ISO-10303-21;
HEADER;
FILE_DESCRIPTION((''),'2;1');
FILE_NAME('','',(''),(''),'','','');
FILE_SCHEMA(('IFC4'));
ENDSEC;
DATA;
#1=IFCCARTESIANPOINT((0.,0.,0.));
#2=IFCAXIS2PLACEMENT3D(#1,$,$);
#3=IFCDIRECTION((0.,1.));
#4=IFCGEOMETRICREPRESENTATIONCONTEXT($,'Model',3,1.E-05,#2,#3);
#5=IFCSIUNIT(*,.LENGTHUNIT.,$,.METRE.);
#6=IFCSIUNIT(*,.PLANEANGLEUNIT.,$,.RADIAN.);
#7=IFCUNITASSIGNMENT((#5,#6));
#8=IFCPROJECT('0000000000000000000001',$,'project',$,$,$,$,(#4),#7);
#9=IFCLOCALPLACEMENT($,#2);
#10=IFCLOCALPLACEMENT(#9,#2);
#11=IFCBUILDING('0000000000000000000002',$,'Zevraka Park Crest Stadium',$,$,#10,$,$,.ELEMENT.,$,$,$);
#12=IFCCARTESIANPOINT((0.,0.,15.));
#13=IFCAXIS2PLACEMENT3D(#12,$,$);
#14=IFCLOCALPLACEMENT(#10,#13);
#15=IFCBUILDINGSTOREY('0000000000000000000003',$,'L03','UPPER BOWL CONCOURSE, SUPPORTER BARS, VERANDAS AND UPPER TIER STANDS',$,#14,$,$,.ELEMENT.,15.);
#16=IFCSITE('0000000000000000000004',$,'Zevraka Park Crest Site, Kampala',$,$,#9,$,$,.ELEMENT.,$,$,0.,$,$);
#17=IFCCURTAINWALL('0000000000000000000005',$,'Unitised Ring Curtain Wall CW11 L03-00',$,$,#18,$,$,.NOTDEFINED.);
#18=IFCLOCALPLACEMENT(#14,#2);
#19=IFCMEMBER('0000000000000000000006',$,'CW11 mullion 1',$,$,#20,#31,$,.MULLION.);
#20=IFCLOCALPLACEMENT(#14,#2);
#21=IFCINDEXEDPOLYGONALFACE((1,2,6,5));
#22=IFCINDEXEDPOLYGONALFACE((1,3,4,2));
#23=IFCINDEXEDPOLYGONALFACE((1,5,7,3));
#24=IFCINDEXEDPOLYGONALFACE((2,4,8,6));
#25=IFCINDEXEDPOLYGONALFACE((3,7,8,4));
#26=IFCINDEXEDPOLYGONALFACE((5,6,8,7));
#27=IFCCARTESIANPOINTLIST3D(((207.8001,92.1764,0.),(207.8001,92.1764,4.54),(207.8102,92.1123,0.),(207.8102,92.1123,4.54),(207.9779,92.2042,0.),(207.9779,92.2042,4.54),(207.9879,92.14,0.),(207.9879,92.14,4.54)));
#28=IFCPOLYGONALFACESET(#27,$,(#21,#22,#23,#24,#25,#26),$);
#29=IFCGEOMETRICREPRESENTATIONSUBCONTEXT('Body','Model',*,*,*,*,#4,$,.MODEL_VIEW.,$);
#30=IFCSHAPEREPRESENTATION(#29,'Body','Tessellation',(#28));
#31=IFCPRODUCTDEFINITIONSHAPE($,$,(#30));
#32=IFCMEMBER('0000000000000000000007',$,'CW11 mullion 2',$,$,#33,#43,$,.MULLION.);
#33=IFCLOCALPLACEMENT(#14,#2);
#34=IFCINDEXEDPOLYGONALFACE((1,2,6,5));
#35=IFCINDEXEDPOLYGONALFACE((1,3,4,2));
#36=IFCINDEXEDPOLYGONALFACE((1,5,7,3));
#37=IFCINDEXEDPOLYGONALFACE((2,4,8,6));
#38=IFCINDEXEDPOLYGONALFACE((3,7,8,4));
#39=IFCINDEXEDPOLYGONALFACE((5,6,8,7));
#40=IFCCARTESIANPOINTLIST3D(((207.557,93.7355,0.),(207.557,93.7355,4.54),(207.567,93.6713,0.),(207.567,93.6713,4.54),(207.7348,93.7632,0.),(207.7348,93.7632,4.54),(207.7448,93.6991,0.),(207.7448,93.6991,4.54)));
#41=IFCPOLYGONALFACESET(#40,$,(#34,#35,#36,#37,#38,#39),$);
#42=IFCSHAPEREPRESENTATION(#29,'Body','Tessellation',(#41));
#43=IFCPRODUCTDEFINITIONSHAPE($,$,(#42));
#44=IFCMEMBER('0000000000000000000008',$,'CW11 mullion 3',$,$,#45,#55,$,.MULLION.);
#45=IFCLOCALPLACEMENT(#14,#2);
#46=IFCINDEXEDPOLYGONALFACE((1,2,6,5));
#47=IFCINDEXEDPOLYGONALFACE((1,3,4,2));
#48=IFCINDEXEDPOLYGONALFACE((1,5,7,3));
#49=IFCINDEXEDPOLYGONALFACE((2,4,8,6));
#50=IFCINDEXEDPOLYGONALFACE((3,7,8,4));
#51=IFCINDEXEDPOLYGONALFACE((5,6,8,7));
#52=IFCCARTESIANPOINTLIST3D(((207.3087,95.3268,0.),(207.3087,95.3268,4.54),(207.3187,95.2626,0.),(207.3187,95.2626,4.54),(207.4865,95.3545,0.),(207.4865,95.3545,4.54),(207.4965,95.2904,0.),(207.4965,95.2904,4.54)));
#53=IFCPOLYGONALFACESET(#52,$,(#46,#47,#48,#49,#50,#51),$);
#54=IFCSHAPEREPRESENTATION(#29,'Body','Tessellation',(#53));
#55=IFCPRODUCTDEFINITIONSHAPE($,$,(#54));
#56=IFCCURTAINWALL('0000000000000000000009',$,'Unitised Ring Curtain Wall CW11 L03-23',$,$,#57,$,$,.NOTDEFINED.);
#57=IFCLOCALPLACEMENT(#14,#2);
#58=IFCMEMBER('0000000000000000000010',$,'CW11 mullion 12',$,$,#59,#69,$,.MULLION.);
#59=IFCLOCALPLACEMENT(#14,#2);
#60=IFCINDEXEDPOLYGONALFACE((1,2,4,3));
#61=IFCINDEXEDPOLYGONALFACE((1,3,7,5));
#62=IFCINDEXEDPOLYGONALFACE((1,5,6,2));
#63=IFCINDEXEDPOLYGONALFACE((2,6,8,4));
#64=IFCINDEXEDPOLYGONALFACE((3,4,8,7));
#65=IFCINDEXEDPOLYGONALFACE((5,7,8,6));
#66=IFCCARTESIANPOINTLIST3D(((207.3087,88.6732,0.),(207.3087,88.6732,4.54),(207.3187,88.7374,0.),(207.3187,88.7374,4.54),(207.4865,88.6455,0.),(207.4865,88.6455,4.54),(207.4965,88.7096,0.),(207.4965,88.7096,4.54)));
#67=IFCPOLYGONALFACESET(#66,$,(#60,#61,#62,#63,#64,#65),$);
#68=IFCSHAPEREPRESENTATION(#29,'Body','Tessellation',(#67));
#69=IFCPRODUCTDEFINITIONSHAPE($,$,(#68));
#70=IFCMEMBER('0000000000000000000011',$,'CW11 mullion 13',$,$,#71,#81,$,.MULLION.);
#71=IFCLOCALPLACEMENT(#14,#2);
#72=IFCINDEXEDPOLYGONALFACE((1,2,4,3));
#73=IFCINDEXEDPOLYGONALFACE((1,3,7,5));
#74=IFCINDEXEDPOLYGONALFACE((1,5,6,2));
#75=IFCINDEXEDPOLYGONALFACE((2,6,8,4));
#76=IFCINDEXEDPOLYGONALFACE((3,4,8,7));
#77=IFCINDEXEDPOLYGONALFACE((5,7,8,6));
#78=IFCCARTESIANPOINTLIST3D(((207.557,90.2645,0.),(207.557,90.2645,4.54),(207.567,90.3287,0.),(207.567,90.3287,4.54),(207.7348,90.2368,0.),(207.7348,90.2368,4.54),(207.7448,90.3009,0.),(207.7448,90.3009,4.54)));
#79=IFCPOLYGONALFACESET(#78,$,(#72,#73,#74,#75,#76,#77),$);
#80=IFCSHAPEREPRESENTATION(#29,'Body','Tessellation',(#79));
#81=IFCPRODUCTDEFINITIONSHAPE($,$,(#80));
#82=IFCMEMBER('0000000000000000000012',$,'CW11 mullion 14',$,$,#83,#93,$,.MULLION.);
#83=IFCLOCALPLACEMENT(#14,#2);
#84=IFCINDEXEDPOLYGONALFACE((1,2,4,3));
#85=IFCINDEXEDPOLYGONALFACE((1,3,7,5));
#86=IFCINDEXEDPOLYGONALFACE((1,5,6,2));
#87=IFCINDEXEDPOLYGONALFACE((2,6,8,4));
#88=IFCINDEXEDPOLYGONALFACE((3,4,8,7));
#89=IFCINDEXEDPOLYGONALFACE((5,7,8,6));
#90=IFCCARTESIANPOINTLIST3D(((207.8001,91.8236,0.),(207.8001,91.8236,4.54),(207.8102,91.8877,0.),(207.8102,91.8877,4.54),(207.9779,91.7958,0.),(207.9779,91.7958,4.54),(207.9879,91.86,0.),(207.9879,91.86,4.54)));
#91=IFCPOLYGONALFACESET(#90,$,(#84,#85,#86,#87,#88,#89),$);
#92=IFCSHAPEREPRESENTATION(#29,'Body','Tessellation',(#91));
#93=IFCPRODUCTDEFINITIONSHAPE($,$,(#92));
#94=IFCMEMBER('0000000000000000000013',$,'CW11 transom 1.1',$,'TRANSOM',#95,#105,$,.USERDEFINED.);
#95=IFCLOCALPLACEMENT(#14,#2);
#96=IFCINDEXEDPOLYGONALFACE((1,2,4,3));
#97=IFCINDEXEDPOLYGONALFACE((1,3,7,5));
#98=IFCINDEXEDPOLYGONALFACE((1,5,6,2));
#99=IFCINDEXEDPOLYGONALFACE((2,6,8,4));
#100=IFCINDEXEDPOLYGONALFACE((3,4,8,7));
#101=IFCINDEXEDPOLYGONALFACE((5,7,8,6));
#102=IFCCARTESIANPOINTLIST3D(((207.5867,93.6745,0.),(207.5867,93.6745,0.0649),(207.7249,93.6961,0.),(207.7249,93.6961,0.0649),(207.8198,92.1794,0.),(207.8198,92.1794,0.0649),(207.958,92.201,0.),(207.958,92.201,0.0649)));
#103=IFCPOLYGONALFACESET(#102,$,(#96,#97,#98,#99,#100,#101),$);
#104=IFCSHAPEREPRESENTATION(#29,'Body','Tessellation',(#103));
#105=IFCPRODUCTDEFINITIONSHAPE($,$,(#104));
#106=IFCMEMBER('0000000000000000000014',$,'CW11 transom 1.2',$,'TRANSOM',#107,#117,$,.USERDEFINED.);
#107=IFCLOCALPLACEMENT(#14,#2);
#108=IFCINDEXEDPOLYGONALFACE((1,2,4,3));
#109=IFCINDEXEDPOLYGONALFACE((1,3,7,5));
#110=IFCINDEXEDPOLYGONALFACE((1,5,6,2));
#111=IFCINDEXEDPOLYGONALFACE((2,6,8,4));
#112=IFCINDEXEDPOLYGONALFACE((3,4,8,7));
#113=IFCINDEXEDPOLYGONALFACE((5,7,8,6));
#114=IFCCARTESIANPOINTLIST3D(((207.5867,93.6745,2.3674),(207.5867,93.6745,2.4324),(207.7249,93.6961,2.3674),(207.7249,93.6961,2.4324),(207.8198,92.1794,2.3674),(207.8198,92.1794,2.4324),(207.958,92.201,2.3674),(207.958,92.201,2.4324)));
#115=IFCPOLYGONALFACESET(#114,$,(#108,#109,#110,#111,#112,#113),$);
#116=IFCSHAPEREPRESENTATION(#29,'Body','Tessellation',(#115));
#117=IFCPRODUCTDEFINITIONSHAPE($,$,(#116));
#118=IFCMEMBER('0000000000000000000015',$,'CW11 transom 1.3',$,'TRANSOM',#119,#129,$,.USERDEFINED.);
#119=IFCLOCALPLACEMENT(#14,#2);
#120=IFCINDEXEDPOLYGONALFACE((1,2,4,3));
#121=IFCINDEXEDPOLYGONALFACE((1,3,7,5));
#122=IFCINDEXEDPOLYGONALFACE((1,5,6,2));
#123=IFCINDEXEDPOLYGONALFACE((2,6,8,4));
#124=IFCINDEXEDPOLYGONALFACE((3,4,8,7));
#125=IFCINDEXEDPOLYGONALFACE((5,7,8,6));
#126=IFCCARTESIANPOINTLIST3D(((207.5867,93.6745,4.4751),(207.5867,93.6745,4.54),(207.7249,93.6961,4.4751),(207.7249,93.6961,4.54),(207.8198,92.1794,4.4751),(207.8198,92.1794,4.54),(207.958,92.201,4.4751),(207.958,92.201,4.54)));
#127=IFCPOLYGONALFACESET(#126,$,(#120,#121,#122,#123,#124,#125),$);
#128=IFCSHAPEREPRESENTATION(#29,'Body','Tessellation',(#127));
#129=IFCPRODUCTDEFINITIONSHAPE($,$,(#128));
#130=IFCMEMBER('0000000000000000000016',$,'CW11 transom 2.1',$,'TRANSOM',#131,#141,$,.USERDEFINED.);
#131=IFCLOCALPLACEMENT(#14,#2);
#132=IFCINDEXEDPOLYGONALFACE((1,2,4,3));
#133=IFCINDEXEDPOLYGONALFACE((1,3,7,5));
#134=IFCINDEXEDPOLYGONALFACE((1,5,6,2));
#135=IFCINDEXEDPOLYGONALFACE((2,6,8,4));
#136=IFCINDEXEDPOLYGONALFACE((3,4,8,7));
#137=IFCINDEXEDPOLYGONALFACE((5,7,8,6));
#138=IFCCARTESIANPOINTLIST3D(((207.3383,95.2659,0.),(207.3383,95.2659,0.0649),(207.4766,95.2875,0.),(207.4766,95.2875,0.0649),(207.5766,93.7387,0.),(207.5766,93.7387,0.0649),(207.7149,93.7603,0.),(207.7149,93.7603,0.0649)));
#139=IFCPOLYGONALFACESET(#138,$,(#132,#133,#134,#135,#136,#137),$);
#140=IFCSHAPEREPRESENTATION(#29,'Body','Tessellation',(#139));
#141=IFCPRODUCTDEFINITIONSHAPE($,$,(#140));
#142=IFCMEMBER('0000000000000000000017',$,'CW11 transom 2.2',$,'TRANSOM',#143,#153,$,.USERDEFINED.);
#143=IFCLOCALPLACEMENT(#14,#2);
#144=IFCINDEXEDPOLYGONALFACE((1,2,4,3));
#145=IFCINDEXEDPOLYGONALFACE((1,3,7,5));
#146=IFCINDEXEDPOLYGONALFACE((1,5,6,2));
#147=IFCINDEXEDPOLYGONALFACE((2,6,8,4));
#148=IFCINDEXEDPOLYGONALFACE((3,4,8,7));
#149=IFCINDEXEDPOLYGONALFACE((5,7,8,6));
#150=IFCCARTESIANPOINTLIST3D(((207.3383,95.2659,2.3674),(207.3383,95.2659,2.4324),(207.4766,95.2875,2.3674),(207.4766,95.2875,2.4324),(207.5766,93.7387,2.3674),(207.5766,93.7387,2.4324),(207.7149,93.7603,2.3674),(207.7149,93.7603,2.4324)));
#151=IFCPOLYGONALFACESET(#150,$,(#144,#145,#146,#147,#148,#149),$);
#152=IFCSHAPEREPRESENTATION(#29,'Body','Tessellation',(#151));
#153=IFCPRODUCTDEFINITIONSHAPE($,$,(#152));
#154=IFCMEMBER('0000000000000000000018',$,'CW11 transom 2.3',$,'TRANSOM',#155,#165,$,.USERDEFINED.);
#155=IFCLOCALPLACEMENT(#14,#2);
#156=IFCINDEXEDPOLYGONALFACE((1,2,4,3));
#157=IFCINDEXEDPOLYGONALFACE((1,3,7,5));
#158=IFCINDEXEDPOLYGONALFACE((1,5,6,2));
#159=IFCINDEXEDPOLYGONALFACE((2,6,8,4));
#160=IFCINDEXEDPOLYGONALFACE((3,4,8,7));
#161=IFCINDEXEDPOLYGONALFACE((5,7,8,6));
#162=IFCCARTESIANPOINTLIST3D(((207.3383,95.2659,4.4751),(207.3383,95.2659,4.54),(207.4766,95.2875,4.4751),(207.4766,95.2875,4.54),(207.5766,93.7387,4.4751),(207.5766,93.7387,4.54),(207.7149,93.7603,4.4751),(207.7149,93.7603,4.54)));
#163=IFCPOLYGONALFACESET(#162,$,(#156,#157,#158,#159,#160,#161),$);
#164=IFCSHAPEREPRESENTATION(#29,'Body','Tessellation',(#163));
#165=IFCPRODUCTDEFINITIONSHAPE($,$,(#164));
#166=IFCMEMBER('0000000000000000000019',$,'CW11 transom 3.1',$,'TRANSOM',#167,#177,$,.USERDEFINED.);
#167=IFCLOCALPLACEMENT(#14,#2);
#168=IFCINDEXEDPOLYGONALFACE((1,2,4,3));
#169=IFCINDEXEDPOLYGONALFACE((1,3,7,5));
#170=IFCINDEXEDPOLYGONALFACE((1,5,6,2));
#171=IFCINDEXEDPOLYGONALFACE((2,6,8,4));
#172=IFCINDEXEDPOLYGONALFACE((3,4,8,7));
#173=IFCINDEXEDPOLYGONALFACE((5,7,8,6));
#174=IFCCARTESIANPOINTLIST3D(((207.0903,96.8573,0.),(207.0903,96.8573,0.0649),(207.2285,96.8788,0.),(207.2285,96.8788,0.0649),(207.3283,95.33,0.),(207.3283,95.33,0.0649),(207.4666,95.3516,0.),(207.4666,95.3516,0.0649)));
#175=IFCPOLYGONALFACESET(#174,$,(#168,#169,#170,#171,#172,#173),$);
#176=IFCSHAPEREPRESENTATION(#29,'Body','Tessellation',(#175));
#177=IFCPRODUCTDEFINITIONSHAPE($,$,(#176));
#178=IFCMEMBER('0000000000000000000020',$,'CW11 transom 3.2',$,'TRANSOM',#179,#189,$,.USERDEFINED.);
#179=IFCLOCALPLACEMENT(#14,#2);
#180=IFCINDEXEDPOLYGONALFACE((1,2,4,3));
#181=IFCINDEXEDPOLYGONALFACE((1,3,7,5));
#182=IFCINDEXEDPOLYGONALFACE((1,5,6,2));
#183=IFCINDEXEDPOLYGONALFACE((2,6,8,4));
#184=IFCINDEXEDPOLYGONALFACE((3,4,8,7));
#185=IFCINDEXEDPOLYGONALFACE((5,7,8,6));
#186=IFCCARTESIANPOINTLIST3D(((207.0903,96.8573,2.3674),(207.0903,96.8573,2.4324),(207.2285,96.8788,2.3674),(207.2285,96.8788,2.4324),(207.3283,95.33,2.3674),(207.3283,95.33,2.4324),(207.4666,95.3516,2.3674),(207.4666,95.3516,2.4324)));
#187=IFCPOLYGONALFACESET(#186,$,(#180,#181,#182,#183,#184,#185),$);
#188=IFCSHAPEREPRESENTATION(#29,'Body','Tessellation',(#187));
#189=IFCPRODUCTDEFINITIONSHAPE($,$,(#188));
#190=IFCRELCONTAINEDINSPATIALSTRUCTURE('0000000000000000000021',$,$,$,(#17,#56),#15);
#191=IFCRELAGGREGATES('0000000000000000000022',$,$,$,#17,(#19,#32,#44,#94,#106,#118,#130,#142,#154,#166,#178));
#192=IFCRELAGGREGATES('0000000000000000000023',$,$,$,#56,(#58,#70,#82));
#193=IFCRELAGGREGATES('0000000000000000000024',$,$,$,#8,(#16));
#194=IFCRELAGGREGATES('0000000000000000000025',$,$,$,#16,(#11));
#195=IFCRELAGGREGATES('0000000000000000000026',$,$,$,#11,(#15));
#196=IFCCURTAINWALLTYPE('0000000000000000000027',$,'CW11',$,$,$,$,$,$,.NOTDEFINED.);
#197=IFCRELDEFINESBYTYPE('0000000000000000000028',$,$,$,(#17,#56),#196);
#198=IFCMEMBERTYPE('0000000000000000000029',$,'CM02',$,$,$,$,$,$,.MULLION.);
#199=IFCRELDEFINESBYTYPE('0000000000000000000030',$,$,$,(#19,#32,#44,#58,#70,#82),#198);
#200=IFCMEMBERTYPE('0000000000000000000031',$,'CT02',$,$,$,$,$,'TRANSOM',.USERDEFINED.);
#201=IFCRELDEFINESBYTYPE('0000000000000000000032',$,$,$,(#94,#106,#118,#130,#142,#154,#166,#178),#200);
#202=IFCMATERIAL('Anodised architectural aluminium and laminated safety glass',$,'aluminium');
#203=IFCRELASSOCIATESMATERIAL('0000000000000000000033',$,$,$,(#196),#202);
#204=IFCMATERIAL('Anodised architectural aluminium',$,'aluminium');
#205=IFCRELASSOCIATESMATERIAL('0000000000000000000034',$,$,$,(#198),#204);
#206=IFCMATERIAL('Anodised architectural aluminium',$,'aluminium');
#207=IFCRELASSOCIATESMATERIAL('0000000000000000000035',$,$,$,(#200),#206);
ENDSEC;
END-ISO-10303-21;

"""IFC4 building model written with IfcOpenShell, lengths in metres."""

from ifc_helpers import new_model, si_unit, direction, frame, origin, origin_2d, place, context, subcontext, project, spatial, rectangle, extrude, material, material_profile, profile_set, type_object, element, aggregate, save


model = new_model("IFC4")

# Units and contexts
model_context = context("Model", 3, precision=1e-05, world=origin(), true_north=direction((0.0, 1.0)))
body_context = subcontext(model_context, "Body", "Model", "MODEL_VIEW")
ifc_project = project(units=[si_unit("LENGTHUNIT", "METRE"), si_unit("PLANEANGLEUNIT", "RADIAN")], contexts=[model_context])

# Site, building, storey
site_placement = place(None, origin())
site = spatial("IfcSite", under=ifc_project, at=site_placement, Name="Zevraka Park Crest Site, Kampala", CompositionType="ELEMENT", RefElevation=0.0)
building_placement = place(site_placement, origin())
building = spatial("IfcBuilding", under=site, at=building_placement, Name="Zevraka Park Crest Stadium", CompositionType="ELEMENT")
storey_placement = place(building_placement, frame((0.0, 0.0, 15.0)))
storey = spatial("IfcBuildingStorey", under=building, at=storey_placement, Name="L03", Description="UPPER BOWL CONCOURSE, SUPPORTER BARS, VERANDAS AND UPPER TIER STANDS", CompositionType="ELEMENT", Elevation=15.0)

# Curtain walls, members
ifc_material_1 = material(Name="Anodised architectural aluminium and laminated safety glass", Category="aluminium")
curtain_wall_type = type_object("IfcCurtainWallType", Name="CW11", PredefinedType="NOTDEFINED", material=ifc_material_1)
curtain_wall_1_placement = place(storey_placement, origin())
curtain_wall_1 = element("IfcCurtainWall", 1, at=curtain_wall_1_placement, inside=storey, type_object=curtain_wall_type, Name="Unitised Ring Curtain Wall CW11 L03-00", PredefinedType="NOTDEFINED")
ifc_material_2 = material(Name="Anodised architectural aluminium", Category="aluminium")
ifc_material_profile_1 = material_profile(ifc_material_2, rectangle(XDim=0.1799, YDim=0.0649, at=origin_2d()), Name="ALU MULLION 180x65")
ifc_profile_set_1 = profile_set([ifc_material_profile_1], Name="Anodised architectural aluminium")
member_type_1 = type_object("IfcMemberType", Name="CM02", PredefinedType="MULLION", material=ifc_profile_set_1)
member_1_placement = place(storey_placement, frame((207.894, 92.1582, 0.0), z_axis=(0.0, 0.0, 1.0), x_axis=(-0.988051, -0.154128, 0.0)))
member_1 = element("IfcMember", 2, at=member_1_placement, type_object=member_type_1, Name="CW11 mullion 1", PredefinedType="MULLION", context=body_context, shape_type="SweptSolid", body=[
    extrude(rectangle(XDim=0.1799, YDim=0.0649, at=origin_2d()), origin(), (0.0, 0.0, 1.0), 4.54),
])
member_2_placement = place(storey_placement, frame((207.6509, 93.7173, 0.0), z_axis=(0.0, 0.0, 1.0), x_axis=(-0.988051, -0.154128, 0.0)))
member_2 = element("IfcMember", 3, at=member_2_placement, type_object=member_type_1, Name="CW11 mullion 2", PredefinedType="MULLION", context=body_context, shape_type="SweptSolid", body=[
    extrude(rectangle(XDim=0.1799, YDim=0.0649, at=origin_2d()), origin(), (0.0, 0.0, 1.0), 4.54),
])
member_3_placement = place(storey_placement, frame((207.4026, 95.3086, 0.0), z_axis=(0.0, 0.0, 1.0), x_axis=(-0.988051, -0.154128, 0.0)))
member_3 = element("IfcMember", 4, at=member_3_placement, type_object=member_type_1, Name="CW11 mullion 3", PredefinedType="MULLION", context=body_context, shape_type="SweptSolid", body=[
    extrude(rectangle(XDim=0.1799, YDim=0.0649, at=origin_2d()), origin(), (0.0, 0.0, 1.0), 4.54),
])
curtain_wall_2_placement = place(storey_placement, origin())
curtain_wall_2 = element("IfcCurtainWall", 5, at=curtain_wall_2_placement, inside=storey, type_object=curtain_wall_type, Name="Unitised Ring Curtain Wall CW11 L03-23", PredefinedType="NOTDEFINED")
member_4_placement = place(storey_placement, frame((207.4026, 88.6914, 0.0), z_axis=(0.0, 0.0, 1.0), x_axis=(-0.988051, 0.154128, 0.0)))
member_4 = element("IfcMember", 6, at=member_4_placement, type_object=member_type_1, Name="CW11 mullion 12", PredefinedType="MULLION", context=body_context, shape_type="SweptSolid", body=[
    extrude(rectangle(XDim=0.1799, YDim=0.0649, at=origin_2d()), origin(), (0.0, 0.0, 1.0), 4.54),
])
member_5_placement = place(storey_placement, frame((207.6509, 90.2827, 0.0), z_axis=(0.0, 0.0, 1.0), x_axis=(-0.988051, 0.154128, 0.0)))
member_5 = element("IfcMember", 7, at=member_5_placement, type_object=member_type_1, Name="CW11 mullion 13", PredefinedType="MULLION", context=body_context, shape_type="SweptSolid", body=[
    extrude(rectangle(XDim=0.1799, YDim=0.0649, at=origin_2d()), origin(), (0.0, 0.0, 1.0), 4.54),
])
member_6_placement = place(storey_placement, frame((207.894, 91.8418, 0.0), z_axis=(0.0, 0.0, 1.0), x_axis=(-0.988051, 0.154128, 0.0)))
member_6 = element("IfcMember", 8, at=member_6_placement, type_object=member_type_1, Name="CW11 mullion 14", PredefinedType="MULLION", context=body_context, shape_type="SweptSolid", body=[
    extrude(rectangle(XDim=0.1799, YDim=0.0649, at=origin_2d()), origin(), (0.0, 0.0, 1.0), 4.54),
])

# Members
ifc_material_3 = material(Name="Anodised architectural aluminium", Category="aluminium")
ifc_material_profile_2 = material_profile(ifc_material_3, rectangle(XDim=0.1399, YDim=0.0649, at=origin_2d()), Name="ALU TRANSOM 140x65")
ifc_profile_set_2 = profile_set([ifc_material_profile_2], Name="Anodised architectural aluminium")
member_type_2 = type_object("IfcMemberType", Name="CT02", ElementType="TRANSOM", PredefinedType="USERDEFINED", material=ifc_profile_set_2)
member_7_placement = place(storey_placement, frame((207.8889, 92.1902, 0.0325), z_axis=(-0.154082, 0.988058, 0.0), x_axis=(-0.988058, -0.154082, 0.0)))
member_7 = element("IfcMember", 9, at=member_7_placement, type_object=member_type_2, Name="CW11 transom 1.1", ObjectType="TRANSOM", PredefinedType="USERDEFINED", context=body_context, shape_type="SweptSolid", body=[
    extrude(rectangle(XDim=0.1399, YDim=0.0649, at=origin_2d()), origin(), (0.0, 0.0, 1.0), 1.5132),
])
member_8_placement = place(storey_placement, frame((207.8889, 92.1902, 2.3999), z_axis=(-0.154082, 0.988058, 0.0), x_axis=(-0.988058, -0.154082, 0.0)))
member_8 = element("IfcMember", 10, at=member_8_placement, type_object=member_type_2, Name="CW11 transom 1.2", ObjectType="TRANSOM", PredefinedType="USERDEFINED", context=body_context, shape_type="SweptSolid", body=[
    extrude(rectangle(XDim=0.1399, YDim=0.0649, at=origin_2d()), origin(), (0.0, 0.0, 1.0), 1.5132),
])
member_9_placement = place(storey_placement, frame((207.8889, 92.1902, 4.5076), z_axis=(-0.154082, 0.988058, 0.0), x_axis=(-0.988058, -0.154082, 0.0)))
member_9 = element("IfcMember", 11, at=member_9_placement, type_object=member_type_2, Name="CW11 transom 1.3", ObjectType="TRANSOM", PredefinedType="USERDEFINED", context=body_context, shape_type="SweptSolid", body=[
    extrude(rectangle(XDim=0.1399, YDim=0.0649, at=origin_2d()), origin(), (0.0, 0.0, 1.0), 1.5132),
])
member_10_placement = place(storey_placement, frame((207.6458, 93.7495, 0.0325), z_axis=(-0.15417, 0.988044, 0.0), x_axis=(-0.988044, -0.15417, 0.0)))
member_10 = element("IfcMember", 12, at=member_10_placement, type_object=member_type_2, Name="CW11 transom 2.1", ObjectType="TRANSOM", PredefinedType="USERDEFINED", context=body_context, shape_type="SweptSolid", body=[
    extrude(rectangle(XDim=0.1399, YDim=0.0649, at=origin_2d()), origin(), (0.0, 0.0, 1.0), 1.5457),
])
member_11_placement = place(storey_placement, frame((207.6458, 93.7495, 2.3999), z_axis=(-0.15417, 0.988044, 0.0), x_axis=(-0.988044, -0.15417, 0.0)))
member_11 = element("IfcMember", 13, at=member_11_placement, type_object=member_type_2, Name="CW11 transom 2.2", ObjectType="TRANSOM", PredefinedType="USERDEFINED", context=body_context, shape_type="SweptSolid", body=[
    extrude(rectangle(XDim=0.1399, YDim=0.0649, at=origin_2d()), origin(), (0.0, 0.0, 1.0), 1.5457),
])
member_12_placement = place(storey_placement, frame((207.6458, 93.7495, 4.5076), z_axis=(-0.15417, 0.988044, 0.0), x_axis=(-0.988044, -0.15417, 0.0)))
member_12 = element("IfcMember", 14, at=member_12_placement, type_object=member_type_2, Name="CW11 transom 2.3", ObjectType="TRANSOM", PredefinedType="USERDEFINED", context=body_context, shape_type="SweptSolid", body=[
    extrude(rectangle(XDim=0.1399, YDim=0.0649, at=origin_2d()), origin(), (0.0, 0.0, 1.0), 1.5457),
])
member_13_placement = place(storey_placement, frame((207.3975, 95.3408, 0.0325), z_axis=(-0.154015, 0.988068, 0.0), x_axis=(-0.988068, -0.154015, 0.0)))
member_13 = element("IfcMember", 15, at=member_13_placement, type_object=member_type_2, Name="CW11 transom 3.1", ObjectType="TRANSOM", PredefinedType="USERDEFINED", context=body_context, shape_type="SweptSolid", body=[
    extrude(rectangle(XDim=0.1399, YDim=0.0649, at=origin_2d()), origin(), (0.0, 0.0, 1.0), 1.5457),
])
member_14_placement = place(storey_placement, frame((207.3975, 95.3408, 2.3999), z_axis=(-0.154015, 0.988068, 0.0), x_axis=(-0.988068, -0.154015, 0.0)))
member_14 = element("IfcMember", 16, at=member_14_placement, type_object=member_type_2, Name="CW11 transom 3.2", ObjectType="TRANSOM", PredefinedType="USERDEFINED", context=body_context, shape_type="SweptSolid", body=[
    extrude(rectangle(XDim=0.1399, YDim=0.0649, at=origin_2d()), origin(), (0.0, 0.0, 1.0), 1.5457),
])

aggregate(curtain_wall_1, [member_1, member_2, member_3, member_7, member_8, member_9, member_10, member_11, member_12, member_13, member_14])
aggregate(curtain_wall_2, [member_4, member_5, member_6])

save(model, "model.ifc")
